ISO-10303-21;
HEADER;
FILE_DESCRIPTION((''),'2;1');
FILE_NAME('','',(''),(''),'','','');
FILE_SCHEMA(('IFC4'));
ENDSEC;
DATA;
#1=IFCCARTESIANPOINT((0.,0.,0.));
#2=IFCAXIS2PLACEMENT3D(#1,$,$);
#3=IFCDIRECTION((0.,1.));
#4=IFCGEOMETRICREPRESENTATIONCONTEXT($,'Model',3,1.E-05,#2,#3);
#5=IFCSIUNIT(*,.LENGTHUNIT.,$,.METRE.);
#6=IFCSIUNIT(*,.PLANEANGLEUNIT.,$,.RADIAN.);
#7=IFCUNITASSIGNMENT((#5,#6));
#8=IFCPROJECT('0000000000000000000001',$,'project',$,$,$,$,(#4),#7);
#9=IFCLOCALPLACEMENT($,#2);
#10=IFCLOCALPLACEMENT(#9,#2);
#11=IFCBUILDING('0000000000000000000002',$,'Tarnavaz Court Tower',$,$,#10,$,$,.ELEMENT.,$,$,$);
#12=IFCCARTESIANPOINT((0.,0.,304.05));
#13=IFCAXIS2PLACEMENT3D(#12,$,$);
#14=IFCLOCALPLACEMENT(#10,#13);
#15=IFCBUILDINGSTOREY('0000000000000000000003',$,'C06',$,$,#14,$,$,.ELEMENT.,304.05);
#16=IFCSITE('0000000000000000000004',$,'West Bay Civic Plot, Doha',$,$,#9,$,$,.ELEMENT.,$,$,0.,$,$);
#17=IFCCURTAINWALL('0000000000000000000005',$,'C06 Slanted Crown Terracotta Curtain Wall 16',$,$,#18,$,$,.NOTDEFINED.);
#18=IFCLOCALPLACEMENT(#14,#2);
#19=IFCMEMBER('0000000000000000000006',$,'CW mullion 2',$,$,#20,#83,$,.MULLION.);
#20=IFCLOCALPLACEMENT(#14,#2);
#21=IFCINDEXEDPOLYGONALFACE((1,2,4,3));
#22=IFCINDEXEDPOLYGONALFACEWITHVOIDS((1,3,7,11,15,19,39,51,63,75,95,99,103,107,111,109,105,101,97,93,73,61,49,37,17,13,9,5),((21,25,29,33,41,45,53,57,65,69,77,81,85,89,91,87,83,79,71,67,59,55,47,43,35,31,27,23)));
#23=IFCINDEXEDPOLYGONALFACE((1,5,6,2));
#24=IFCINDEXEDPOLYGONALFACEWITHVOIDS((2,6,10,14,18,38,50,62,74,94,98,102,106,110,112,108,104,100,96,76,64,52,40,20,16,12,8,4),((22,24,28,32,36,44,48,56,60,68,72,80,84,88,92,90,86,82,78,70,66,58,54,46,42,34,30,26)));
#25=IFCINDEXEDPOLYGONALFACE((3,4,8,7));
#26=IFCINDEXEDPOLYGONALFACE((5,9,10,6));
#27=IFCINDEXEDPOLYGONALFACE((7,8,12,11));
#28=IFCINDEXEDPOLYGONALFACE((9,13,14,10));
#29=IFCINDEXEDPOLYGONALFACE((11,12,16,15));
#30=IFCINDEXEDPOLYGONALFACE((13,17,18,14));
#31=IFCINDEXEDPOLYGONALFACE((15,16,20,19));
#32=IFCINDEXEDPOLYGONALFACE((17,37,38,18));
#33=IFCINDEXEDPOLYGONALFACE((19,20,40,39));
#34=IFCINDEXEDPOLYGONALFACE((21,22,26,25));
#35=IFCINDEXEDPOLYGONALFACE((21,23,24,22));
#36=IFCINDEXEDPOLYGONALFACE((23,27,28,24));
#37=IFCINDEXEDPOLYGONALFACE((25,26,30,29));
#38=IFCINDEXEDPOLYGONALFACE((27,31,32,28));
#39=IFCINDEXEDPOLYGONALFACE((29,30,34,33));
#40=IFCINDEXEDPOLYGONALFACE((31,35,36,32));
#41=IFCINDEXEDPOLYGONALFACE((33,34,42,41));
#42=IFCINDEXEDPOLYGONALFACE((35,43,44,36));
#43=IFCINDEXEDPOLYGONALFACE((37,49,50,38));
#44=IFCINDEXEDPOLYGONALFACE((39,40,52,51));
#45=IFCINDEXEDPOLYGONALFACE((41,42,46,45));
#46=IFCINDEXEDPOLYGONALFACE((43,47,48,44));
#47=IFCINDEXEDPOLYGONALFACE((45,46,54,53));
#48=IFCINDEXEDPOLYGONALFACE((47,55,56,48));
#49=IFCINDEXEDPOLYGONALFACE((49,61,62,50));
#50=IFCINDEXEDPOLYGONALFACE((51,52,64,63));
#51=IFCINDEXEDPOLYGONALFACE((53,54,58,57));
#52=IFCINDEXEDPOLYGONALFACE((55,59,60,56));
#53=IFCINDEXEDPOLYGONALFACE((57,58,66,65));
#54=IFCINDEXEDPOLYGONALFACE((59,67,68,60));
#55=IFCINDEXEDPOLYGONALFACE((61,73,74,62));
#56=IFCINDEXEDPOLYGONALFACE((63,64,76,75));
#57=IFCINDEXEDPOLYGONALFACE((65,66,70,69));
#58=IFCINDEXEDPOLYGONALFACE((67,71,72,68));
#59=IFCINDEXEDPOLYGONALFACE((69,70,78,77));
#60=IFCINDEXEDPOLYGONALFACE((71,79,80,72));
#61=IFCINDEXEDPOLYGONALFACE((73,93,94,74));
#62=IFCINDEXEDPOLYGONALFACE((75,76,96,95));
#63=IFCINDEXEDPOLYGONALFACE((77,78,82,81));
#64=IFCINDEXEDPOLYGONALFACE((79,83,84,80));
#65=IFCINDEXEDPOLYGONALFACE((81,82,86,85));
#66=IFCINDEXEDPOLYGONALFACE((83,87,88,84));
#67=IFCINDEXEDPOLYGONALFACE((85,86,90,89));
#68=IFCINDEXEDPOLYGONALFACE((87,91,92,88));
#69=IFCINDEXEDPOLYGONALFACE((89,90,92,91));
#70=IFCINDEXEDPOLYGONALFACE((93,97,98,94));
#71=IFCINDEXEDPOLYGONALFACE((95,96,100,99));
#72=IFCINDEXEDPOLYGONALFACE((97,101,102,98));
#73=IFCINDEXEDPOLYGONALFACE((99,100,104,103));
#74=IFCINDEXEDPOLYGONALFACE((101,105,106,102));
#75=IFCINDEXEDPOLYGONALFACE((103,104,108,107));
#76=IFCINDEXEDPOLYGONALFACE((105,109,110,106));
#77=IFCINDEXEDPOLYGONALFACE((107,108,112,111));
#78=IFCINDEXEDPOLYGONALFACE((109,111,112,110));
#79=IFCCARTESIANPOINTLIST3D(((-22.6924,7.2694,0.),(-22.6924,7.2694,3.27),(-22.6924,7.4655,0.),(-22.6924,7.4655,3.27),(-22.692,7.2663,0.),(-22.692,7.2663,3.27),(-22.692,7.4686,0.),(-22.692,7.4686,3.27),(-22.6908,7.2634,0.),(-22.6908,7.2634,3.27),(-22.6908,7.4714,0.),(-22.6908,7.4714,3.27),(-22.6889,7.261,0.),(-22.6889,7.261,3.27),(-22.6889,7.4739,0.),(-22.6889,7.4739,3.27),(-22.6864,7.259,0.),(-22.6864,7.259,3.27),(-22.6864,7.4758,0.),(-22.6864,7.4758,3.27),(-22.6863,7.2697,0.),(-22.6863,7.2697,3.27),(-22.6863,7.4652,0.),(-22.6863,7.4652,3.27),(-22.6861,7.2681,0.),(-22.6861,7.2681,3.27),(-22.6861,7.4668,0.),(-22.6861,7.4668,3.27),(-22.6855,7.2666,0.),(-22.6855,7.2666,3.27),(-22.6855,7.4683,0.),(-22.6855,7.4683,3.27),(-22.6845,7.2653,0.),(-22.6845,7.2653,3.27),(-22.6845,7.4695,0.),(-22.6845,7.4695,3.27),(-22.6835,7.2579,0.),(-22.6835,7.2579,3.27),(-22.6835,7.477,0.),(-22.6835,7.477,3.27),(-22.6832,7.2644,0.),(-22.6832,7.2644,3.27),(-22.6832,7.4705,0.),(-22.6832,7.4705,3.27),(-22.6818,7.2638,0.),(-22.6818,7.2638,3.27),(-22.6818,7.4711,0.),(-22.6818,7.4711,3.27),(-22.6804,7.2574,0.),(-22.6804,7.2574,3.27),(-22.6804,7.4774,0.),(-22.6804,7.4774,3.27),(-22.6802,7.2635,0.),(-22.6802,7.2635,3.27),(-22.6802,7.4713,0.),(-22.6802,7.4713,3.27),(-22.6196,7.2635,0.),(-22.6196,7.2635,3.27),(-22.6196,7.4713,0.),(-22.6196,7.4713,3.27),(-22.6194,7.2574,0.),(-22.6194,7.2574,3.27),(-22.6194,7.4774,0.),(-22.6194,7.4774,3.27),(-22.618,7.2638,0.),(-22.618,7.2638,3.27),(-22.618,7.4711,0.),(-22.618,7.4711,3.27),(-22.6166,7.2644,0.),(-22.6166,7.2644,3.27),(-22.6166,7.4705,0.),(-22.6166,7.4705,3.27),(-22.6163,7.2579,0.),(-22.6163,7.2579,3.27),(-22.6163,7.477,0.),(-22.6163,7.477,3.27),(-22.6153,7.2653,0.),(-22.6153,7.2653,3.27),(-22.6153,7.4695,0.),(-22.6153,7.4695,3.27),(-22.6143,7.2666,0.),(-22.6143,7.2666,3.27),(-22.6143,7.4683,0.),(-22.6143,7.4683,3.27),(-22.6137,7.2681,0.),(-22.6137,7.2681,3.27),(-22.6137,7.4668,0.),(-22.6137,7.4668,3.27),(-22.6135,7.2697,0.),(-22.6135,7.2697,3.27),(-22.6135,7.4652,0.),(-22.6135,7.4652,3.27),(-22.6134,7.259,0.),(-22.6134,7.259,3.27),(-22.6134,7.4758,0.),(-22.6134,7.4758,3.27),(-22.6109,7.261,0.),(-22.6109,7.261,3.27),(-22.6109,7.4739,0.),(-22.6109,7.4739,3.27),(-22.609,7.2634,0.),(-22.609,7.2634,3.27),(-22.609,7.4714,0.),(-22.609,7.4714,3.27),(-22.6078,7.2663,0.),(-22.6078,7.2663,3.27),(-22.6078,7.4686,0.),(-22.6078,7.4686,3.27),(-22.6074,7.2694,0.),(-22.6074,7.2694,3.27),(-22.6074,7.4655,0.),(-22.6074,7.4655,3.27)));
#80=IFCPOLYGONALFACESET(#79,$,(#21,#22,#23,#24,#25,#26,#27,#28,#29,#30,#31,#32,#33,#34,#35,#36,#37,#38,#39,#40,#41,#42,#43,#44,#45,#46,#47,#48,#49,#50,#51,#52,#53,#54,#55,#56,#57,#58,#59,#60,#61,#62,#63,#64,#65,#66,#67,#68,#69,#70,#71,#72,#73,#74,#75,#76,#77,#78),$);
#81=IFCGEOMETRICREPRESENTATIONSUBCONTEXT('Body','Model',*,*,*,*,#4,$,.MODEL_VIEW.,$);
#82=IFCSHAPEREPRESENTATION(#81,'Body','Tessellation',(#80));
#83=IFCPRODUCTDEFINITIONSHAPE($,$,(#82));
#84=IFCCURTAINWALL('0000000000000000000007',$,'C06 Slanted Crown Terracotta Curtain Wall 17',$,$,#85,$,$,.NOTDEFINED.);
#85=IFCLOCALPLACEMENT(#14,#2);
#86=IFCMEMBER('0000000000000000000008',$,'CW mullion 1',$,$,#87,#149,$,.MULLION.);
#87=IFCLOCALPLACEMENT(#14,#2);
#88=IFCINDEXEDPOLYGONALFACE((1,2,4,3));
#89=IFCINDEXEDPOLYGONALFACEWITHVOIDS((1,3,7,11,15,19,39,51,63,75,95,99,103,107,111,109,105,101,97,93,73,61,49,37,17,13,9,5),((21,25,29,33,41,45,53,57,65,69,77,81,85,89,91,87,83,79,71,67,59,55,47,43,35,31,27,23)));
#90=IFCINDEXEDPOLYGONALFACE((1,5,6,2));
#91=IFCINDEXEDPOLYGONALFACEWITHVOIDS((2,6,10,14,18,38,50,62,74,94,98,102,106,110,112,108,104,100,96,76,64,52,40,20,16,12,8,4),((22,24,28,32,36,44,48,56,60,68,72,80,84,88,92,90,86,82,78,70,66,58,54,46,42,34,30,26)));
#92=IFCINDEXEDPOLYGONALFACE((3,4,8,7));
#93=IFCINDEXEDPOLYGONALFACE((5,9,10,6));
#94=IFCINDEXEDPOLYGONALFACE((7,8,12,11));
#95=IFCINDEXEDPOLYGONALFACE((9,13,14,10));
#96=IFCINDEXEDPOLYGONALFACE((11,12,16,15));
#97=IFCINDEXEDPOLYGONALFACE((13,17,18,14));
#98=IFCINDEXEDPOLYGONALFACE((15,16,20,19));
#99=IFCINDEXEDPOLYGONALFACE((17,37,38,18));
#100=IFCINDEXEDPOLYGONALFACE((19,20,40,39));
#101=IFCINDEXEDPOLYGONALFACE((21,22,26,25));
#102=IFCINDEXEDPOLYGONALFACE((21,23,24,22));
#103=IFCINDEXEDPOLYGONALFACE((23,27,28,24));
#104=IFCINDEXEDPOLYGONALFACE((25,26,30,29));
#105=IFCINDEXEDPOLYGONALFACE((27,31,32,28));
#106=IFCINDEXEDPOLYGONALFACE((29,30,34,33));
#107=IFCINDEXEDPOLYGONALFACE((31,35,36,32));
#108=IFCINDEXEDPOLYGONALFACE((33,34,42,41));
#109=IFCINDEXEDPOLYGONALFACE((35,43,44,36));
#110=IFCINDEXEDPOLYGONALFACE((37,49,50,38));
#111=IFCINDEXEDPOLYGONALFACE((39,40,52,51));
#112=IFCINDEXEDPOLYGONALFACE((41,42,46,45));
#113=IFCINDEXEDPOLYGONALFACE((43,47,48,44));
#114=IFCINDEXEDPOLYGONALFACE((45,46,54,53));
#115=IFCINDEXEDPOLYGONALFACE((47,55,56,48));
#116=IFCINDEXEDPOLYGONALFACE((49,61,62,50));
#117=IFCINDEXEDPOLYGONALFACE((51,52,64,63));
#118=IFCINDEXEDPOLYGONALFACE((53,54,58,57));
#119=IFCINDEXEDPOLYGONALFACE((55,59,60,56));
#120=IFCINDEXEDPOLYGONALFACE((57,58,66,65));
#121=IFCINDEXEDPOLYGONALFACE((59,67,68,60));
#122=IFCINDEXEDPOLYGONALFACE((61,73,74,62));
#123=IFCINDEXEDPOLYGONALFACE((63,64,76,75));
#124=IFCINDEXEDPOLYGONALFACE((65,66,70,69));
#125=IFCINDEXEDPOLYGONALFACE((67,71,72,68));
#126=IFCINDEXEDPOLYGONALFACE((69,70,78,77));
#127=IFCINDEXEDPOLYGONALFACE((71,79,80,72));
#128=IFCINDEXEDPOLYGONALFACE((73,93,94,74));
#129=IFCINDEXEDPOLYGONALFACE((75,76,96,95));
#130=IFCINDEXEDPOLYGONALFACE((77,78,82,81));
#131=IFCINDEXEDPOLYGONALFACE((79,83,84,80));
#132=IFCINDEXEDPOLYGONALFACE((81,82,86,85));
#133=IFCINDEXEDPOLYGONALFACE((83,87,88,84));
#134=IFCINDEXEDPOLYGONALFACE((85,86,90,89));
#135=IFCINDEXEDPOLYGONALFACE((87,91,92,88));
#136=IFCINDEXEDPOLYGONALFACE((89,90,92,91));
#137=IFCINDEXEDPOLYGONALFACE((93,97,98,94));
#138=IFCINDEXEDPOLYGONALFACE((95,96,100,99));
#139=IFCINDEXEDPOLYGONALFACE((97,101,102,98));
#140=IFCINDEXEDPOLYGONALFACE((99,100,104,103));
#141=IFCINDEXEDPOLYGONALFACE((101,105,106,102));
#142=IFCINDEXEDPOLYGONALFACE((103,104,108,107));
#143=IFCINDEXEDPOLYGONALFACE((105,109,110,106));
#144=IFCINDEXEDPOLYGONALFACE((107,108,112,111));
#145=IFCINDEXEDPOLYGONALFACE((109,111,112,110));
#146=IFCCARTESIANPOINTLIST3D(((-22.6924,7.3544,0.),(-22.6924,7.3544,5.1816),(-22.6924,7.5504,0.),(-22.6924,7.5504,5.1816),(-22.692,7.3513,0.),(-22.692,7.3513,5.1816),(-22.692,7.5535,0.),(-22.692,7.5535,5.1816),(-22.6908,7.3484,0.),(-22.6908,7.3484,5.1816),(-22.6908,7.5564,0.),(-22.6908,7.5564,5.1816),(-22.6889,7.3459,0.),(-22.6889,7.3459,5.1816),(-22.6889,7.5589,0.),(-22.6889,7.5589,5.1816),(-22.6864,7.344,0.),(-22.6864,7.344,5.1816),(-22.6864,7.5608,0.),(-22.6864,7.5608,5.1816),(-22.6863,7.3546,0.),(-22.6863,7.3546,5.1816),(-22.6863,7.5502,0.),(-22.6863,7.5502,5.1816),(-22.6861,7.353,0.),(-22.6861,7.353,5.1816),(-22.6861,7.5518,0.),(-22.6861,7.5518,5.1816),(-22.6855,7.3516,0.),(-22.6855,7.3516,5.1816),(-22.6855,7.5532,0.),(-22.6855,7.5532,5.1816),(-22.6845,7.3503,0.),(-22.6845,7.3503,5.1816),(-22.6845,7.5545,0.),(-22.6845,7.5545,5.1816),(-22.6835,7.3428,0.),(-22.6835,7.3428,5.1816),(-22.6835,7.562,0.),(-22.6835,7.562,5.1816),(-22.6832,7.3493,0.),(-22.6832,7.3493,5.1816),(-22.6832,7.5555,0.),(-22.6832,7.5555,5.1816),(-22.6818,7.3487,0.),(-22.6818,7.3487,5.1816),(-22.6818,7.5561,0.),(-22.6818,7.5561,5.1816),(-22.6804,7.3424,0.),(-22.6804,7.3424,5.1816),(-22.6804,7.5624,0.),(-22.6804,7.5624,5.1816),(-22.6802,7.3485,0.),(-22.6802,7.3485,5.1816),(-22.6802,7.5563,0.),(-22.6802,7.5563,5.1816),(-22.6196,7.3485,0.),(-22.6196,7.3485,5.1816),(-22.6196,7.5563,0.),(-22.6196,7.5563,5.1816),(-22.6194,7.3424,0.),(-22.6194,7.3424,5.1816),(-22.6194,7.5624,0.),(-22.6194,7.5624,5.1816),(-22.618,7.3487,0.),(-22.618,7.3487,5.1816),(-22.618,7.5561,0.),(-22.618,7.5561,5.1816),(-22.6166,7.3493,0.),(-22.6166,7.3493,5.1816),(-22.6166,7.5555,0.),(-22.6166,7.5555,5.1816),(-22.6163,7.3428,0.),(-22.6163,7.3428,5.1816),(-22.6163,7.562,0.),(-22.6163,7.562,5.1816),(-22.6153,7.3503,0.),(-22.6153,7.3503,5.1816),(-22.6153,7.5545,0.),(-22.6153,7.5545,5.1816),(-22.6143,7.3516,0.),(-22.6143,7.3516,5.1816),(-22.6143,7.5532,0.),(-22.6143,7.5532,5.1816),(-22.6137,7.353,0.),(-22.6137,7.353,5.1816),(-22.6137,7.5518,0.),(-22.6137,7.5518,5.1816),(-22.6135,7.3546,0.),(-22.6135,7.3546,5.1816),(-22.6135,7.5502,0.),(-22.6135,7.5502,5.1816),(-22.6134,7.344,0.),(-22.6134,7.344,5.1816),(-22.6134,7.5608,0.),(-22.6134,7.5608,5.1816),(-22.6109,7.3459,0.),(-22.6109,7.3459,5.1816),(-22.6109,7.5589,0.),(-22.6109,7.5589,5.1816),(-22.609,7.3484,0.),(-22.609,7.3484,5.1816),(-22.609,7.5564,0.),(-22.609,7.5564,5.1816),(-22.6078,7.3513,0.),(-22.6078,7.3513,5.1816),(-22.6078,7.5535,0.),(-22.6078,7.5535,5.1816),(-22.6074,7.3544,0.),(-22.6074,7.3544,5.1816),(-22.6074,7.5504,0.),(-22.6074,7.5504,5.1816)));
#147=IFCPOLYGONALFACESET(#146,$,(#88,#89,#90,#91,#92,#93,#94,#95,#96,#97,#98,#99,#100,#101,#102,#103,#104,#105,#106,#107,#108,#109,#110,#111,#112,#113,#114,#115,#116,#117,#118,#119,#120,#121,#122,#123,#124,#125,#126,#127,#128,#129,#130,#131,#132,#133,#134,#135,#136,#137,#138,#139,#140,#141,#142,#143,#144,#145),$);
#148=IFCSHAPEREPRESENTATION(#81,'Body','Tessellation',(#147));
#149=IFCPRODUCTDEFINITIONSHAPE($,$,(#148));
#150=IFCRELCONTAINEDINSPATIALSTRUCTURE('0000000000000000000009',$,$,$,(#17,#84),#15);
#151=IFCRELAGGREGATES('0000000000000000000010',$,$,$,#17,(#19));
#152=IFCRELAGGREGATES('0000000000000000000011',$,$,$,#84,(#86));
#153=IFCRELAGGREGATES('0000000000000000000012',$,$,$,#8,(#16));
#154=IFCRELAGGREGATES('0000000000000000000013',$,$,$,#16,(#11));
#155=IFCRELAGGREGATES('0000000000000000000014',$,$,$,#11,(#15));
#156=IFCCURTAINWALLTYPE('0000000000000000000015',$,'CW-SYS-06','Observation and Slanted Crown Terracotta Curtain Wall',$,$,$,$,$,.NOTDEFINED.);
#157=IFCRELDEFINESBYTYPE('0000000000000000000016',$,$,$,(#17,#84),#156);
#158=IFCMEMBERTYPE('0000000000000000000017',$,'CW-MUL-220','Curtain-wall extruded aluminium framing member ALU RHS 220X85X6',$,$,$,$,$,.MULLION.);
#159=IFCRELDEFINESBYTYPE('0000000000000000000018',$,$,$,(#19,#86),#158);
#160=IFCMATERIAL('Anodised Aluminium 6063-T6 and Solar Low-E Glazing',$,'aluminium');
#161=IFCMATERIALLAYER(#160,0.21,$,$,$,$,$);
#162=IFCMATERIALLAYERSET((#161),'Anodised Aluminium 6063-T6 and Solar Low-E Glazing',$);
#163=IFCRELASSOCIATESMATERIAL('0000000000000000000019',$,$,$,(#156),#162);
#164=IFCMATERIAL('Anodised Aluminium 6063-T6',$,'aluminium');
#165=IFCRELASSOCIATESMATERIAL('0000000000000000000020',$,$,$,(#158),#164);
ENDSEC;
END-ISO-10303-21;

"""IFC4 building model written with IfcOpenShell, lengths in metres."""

from ifc_helpers import new_model, si_unit, direction, frame, origin, origin_2d, place, context, subcontext, project, spatial, hollow_rectangle, extrude, material, layer, layer_set, material_profile, profile_set, type_object, element, aggregate, save


model = new_model("IFC4")

# Units and contexts
model_context = context("Model", 3, precision=1e-05, world=origin(), true_north=direction((0.0, 1.0)))
body_context = subcontext(model_context, "Body", "Model", "MODEL_VIEW")
ifc_project = project(units=[si_unit("LENGTHUNIT", "METRE"), si_unit("PLANEANGLEUNIT", "RADIAN")], contexts=[model_context])

# Site, building, storey
site_placement = place(None, origin())
site = spatial("IfcSite", under=ifc_project, at=site_placement, Name="West Bay Civic Plot, Doha", CompositionType="ELEMENT", RefElevation=0.0)
building_placement = place(site_placement, origin())
building = spatial("IfcBuilding", under=site, at=building_placement, Name="Tarnavaz Court Tower", CompositionType="ELEMENT")
storey_placement = place(building_placement, frame((0.0, 0.0, 304.05)))
storey = spatial("IfcBuildingStorey", under=building, at=storey_placement, Name="C06", CompositionType="ELEMENT", Elevation=304.05)

# Curtain walls, members
ifc_material_1 = material(Name="Anodised Aluminium 6063-T6 and Solar Low-E Glazing", Category="aluminium")
ifc_layer_1 = layer(ifc_material_1, 0.21)
ifc_layer_set_1 = layer_set([ifc_layer_1], Name="Anodised Aluminium 6063-T6 and Solar Low-E Glazing")
curtain_wall_type = type_object("IfcCurtainWallType", Name="CW-SYS-06", Description="Observation and Slanted Crown Terracotta Curtain Wall", PredefinedType="NOTDEFINED", material=ifc_layer_set_1)
ifc_material_2 = material(Name="Anodised Aluminium 6063-T6", Category="aluminium")
ifc_material_profile_1 = material_profile(ifc_material_2, hollow_rectangle(XDim=0.085, YDim=0.22, WallThickness=0.0061, InnerFilletRadius=0.0061, OuterFilletRadius=0.012, at=origin_2d()), Name="ALU RHS 220X85X6")
ifc_profile_set_1 = profile_set([ifc_material_profile_1], Name="Anodised Aluminium 6063-T6")
member_type_1 = type_object("IfcMemberType", Name="CW-MUL-220", Description="Curtain-wall extruded aluminium framing member ALU RHS 220X85X6", PredefinedType="MULLION", material=ifc_profile_set_1)
curtain_wall_1_placement = place(storey_placement, origin())
curtain_wall_1 = element("IfcCurtainWall", 1, at=curtain_wall_1_placement, inside=storey, type_object=curtain_wall_type, Name="C06 Slanted Crown Terracotta Curtain Wall 16", PredefinedType="NOTDEFINED")
member_1_placement = place(storey_placement, frame((-22.6499, 7.3674, 0.0), z_axis=(0.0, 0.0, 1.0), x_axis=(-1.0, 0.0, 0.0)))
member_1 = element("IfcMember", 2, at=member_1_placement, type_object=member_type_1, Name="CW mullion 2", PredefinedType="MULLION", context=body_context, shape_type="SweptSolid", body=[
    extrude(hollow_rectangle(XDim=0.085, YDim=0.22, WallThickness=0.0061, InnerFilletRadius=0.0061, OuterFilletRadius=0.012, at=origin_2d()), origin(), (0.0, 0.0, 1.0), 3.27),
])
curtain_wall_2_placement = place(storey_placement, origin())
curtain_wall_2 = element("IfcCurtainWall", 3, at=curtain_wall_2_placement, inside=storey, type_object=curtain_wall_type, Name="C06 Slanted Crown Terracotta Curtain Wall 17", PredefinedType="NOTDEFINED")
member_2_placement = place(storey_placement, frame((-22.6499, 7.4524, 0.0), z_axis=(0.0, 0.0, 1.0), x_axis=(-1.0, 0.0, 0.0)))
member_2 = element("IfcMember", 4, at=member_2_placement, type_object=member_type_1, Name="CW mullion 1", PredefinedType="MULLION", context=body_context, shape_type="SweptSolid", body=[
    extrude(hollow_rectangle(XDim=0.085, YDim=0.22, WallThickness=0.0061, InnerFilletRadius=0.0061, OuterFilletRadius=0.012, at=origin_2d()), origin(), (0.0, 0.0, 1.0), 5.1816),
])

aggregate(curtain_wall_1, [member_1])
aggregate(curtain_wall_2, [member_2])

save(model, "model.ifc")
